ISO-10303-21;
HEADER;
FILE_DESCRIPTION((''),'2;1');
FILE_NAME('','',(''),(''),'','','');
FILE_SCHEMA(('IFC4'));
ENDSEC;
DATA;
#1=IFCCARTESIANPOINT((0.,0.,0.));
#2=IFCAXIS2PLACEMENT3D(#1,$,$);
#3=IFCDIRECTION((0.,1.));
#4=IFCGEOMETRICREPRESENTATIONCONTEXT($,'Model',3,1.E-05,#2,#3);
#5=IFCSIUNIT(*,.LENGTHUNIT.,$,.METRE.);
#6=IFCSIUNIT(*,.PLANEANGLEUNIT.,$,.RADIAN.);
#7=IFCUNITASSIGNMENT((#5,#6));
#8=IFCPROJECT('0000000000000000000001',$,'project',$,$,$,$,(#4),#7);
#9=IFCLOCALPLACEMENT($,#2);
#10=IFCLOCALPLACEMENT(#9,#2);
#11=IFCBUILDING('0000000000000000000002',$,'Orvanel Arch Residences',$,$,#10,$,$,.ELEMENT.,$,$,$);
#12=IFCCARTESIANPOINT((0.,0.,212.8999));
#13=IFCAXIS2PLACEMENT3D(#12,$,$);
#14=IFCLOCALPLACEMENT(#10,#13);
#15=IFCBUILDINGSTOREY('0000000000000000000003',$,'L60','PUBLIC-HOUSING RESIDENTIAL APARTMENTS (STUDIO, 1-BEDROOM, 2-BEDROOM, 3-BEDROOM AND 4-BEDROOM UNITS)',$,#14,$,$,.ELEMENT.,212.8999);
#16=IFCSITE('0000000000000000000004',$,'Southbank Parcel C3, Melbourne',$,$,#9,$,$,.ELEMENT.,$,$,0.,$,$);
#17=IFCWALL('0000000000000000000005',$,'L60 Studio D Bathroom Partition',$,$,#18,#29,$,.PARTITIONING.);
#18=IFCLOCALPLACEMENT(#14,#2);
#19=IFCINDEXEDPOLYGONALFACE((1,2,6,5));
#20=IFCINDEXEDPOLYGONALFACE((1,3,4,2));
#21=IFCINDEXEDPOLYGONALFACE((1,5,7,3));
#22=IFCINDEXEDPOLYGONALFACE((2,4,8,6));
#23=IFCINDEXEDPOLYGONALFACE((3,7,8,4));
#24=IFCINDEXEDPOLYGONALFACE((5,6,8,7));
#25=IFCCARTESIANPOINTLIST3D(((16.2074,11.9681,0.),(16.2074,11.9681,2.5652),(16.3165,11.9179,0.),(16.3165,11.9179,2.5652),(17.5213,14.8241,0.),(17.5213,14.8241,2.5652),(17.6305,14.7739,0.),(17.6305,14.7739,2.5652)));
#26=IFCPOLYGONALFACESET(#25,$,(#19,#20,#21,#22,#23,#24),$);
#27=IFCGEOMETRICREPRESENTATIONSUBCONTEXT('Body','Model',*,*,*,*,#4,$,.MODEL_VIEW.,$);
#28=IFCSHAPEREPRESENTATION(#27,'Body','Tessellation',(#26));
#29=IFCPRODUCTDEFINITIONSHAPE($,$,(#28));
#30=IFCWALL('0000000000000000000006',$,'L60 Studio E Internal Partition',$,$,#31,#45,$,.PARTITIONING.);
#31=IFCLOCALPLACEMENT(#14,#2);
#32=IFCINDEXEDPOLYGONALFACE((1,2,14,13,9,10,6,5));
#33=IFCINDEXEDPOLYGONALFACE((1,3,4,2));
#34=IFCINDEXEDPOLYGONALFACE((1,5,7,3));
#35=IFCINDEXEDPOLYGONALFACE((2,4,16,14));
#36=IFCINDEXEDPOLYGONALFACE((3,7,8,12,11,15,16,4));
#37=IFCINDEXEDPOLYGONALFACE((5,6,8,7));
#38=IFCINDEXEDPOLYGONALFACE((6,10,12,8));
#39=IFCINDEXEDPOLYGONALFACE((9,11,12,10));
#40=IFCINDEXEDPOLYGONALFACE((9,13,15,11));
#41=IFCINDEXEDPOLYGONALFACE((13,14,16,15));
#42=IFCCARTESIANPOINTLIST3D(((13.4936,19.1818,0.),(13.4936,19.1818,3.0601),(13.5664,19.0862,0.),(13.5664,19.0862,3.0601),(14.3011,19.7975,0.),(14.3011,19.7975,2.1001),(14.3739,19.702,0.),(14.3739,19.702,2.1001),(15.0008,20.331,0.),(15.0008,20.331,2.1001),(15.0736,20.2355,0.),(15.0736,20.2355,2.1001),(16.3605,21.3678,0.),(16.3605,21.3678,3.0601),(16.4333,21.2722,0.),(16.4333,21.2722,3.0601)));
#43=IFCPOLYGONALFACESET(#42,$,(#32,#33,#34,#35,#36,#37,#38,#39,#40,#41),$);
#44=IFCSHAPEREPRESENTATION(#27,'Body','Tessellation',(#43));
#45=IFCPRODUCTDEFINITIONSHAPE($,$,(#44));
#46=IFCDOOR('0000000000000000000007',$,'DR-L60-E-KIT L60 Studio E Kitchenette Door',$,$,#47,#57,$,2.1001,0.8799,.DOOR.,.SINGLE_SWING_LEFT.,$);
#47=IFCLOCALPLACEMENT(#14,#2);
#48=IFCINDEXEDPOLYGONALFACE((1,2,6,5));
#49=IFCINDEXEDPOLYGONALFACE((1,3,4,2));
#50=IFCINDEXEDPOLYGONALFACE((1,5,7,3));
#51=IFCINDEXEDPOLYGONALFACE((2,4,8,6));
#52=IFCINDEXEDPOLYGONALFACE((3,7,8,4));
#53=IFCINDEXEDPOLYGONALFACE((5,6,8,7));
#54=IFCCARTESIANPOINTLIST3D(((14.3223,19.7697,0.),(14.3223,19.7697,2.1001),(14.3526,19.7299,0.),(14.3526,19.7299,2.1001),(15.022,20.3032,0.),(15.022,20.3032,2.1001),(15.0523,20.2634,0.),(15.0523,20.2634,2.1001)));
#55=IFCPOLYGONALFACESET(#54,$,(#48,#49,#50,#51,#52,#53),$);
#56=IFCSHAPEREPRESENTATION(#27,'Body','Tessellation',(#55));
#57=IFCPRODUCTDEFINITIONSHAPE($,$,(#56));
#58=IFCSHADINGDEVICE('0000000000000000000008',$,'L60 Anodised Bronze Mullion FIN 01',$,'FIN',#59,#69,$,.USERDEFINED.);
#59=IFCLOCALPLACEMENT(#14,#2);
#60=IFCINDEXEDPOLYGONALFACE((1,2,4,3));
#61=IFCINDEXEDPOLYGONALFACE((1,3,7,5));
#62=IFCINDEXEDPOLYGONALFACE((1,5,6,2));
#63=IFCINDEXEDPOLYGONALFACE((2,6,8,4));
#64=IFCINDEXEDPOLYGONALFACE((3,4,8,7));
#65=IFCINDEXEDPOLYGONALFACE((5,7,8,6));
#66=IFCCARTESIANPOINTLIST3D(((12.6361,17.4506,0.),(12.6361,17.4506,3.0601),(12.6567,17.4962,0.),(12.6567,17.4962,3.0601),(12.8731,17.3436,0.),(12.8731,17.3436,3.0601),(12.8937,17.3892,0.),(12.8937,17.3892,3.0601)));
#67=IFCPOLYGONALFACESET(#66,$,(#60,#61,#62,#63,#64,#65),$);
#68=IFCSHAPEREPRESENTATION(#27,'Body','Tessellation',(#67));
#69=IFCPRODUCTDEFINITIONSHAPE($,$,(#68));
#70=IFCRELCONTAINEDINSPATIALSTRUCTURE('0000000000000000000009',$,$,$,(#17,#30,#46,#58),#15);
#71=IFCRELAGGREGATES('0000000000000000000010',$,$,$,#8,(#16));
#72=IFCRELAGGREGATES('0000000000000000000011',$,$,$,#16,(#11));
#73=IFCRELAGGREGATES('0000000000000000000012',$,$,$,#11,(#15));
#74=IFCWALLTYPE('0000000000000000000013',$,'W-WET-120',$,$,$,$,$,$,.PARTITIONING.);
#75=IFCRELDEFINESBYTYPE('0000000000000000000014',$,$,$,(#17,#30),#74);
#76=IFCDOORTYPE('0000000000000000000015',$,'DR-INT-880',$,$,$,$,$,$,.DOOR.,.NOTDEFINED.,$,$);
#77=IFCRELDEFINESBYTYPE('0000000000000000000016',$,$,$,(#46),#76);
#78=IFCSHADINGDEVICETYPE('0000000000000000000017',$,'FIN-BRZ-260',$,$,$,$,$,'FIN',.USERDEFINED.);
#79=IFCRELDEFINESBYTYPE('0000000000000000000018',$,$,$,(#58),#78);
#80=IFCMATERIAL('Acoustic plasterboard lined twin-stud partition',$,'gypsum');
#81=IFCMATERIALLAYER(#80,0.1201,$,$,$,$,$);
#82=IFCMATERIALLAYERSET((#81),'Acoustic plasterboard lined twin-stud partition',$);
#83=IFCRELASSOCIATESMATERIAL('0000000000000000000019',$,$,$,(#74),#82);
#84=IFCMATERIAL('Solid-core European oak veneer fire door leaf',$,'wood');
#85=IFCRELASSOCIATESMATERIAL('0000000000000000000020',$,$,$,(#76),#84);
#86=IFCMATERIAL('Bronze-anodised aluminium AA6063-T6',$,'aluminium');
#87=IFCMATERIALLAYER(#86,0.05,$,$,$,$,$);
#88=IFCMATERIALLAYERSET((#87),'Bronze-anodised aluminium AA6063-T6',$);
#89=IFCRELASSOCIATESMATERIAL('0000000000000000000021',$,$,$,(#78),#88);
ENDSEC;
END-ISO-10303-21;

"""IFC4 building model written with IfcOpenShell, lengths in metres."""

from ifc_helpers import new_model, si_unit, direction, frame, frame_2d, origin, origin_2d, place, context, subcontext, project, spatial, rectangle, extrude, material, layer, layer_set, type_object, element, fill, save


model = new_model("IFC4")

# Units and contexts
model_context = context("Model", 3, precision=1e-05, world=origin(), true_north=direction((0.0, 1.0)))
body_context = subcontext(model_context, "Body", "Model", "MODEL_VIEW")
ifc_project = project(units=[si_unit("LENGTHUNIT", "METRE"), si_unit("PLANEANGLEUNIT", "RADIAN")], contexts=[model_context])

# Site, building, storey
site_placement = place(None, origin())
site = spatial("IfcSite", under=ifc_project, at=site_placement, Name="Southbank Parcel C3, Melbourne", CompositionType="ELEMENT", RefElevation=0.0)
building_placement = place(site_placement, origin())
building = spatial("IfcBuilding", under=site, at=building_placement, Name="Orvanel Arch Residences", CompositionType="ELEMENT")
storey_placement = place(building_placement, frame((0.0, 0.0, 212.8999)))
storey = spatial("IfcBuildingStorey", under=building, at=storey_placement, Name="L60", Description="PUBLIC-HOUSING RESIDENTIAL APARTMENTS (STUDIO, 1-BEDROOM, 2-BEDROOM, 3-BEDROOM AND 4-BEDROOM UNITS)", CompositionType="ELEMENT", Elevation=212.8999)

# Shared definitions
ifc_material_1 = material(Name="Bronze-anodised aluminium AA6063-T6", Category="aluminium")

# Shared definitions
ifc_material_2 = material(Name="Acoustic plasterboard lined twin-stud partition", Category="gypsum")
ifc_layer_1 = layer(ifc_material_2, 0.1201)
ifc_layer_set_1 = layer_set([ifc_layer_1], Name="Acoustic plasterboard lined twin-stud partition")
wall_type_1 = type_object("IfcWallType", Name="W-WET-120", PredefinedType="PARTITIONING", material=ifc_layer_set_1)
ifc_material_3 = material(Name="Solid-core European oak veneer fire door leaf", Category="wood")

# Wall
wall_1_placement = place(storey_placement, frame((16.262, 11.9431, 0.0), z_axis=(0.0, 0.0, 1.0), x_axis=(0.417965, 0.908463, 0.0)))
element("IfcWall", 1, at=wall_1_placement, inside=storey, type_object=wall_type_1, Name="L60 Studio D Bathroom Partition", PredefinedType="PARTITIONING", context=body_context, shape_type="SweptSolid", body=[
    extrude(rectangle(XDim=3.1438, YDim=0.1201, at=frame_2d((1.5718, 0.0))), origin(), (0.0, 0.0, 1.0), 2.5652),
])

# Wall, opening, door
wall_2_placement = place(storey_placement, frame((16.397, 21.3201, 0.0), z_axis=(0.0, 0.0, 1.0), x_axis=(-0.795205, -0.606341, 0.0)))
wall_2 = element("IfcWall", 2, at=wall_2_placement, inside=storey, type_object=wall_type_1, Name="L60 Studio E Internal Partition", PredefinedType="PARTITIONING", context=body_context, shape_type="SweptSolid", body=[
    extrude(rectangle(XDim=3.6052, YDim=0.1201, at=frame_2d((1.8027, 0.0))), origin(), (0.0, 0.0, 1.0), 3.0601),
])
opening_1_placement = place(wall_2_placement, frame((1.71, 0.0, 0.0)))
opening_1 = element("IfcOpeningElement", 3, at=opening_1_placement, cuts=wall_2, PredefinedType="OPENING", context=body_context, shape_type="SweptSolid", body=[
    extrude(rectangle(XDim=0.8799, YDim=2.1001, at=frame_2d((0.4399, 1.05))), frame((0.0, 0.0701, 0.0), z_axis=(0.0, -1.0, 0.0), x_axis=(1.0, 0.0, 0.0)), (0.0, 0.0, 1.0), 0.1401),
])
door_type_1 = type_object("IfcDoorType", Name="DR-INT-880", OperationType="NOTDEFINED", PredefinedType="DOOR", material=ifc_material_3)
door_1_placement = place(opening_1_placement, origin())
door_1 = element("IfcDoor", 4, at=door_1_placement, inside=storey, type_object=door_type_1, Name="DR-L60-E-KIT L60 Studio E Kitchenette Door", OperationType="SINGLE_SWING_LEFT", OverallHeight=2.1001, OverallWidth=0.8799, PredefinedType="DOOR", context=body_context, shape_type="SweptSolid", body=[
    extrude(rectangle(XDim=0.8799, YDim=2.1001, at=frame_2d((0.4399, 1.05))), frame((0.0, 0.0249, 0.0), z_axis=(0.0, -1.0, 0.0), x_axis=(1.0, 0.0, 0.0)), (0.0, 0.0, 1.0), 0.05),
])
fill(opening_1, door_1)

# Shading device
ifc_layer_2 = layer(ifc_material_1, 0.05)
ifc_layer_set_2 = layer_set([ifc_layer_2], Name="Bronze-anodised aluminium AA6063-T6")
shading_device_type = type_object("IfcShadingDeviceType", Name="FIN-BRZ-260", ElementType="FIN", PredefinedType="USERDEFINED", material=ifc_layer_set_2)
shading_device_placement = place(storey_placement, frame((12.7649, 17.4199, 0.0), z_axis=(0.0, 0.0, 1.0), x_axis=(-0.911403, 0.411514, 0.0)))
element("IfcShadingDevice", 5, at=shading_device_placement, inside=storey, type_object=shading_device_type, Name="L60 Anodised Bronze Mullion FIN 01", ObjectType="FIN", PredefinedType="USERDEFINED", context=body_context, shape_type="SweptSolid", body=[
    extrude(rectangle(XDim=0.26, YDim=0.05, at=origin_2d()), origin(), (0.0, 0.0, 1.0), 3.0601),
])

save(model, "model.ifc")
